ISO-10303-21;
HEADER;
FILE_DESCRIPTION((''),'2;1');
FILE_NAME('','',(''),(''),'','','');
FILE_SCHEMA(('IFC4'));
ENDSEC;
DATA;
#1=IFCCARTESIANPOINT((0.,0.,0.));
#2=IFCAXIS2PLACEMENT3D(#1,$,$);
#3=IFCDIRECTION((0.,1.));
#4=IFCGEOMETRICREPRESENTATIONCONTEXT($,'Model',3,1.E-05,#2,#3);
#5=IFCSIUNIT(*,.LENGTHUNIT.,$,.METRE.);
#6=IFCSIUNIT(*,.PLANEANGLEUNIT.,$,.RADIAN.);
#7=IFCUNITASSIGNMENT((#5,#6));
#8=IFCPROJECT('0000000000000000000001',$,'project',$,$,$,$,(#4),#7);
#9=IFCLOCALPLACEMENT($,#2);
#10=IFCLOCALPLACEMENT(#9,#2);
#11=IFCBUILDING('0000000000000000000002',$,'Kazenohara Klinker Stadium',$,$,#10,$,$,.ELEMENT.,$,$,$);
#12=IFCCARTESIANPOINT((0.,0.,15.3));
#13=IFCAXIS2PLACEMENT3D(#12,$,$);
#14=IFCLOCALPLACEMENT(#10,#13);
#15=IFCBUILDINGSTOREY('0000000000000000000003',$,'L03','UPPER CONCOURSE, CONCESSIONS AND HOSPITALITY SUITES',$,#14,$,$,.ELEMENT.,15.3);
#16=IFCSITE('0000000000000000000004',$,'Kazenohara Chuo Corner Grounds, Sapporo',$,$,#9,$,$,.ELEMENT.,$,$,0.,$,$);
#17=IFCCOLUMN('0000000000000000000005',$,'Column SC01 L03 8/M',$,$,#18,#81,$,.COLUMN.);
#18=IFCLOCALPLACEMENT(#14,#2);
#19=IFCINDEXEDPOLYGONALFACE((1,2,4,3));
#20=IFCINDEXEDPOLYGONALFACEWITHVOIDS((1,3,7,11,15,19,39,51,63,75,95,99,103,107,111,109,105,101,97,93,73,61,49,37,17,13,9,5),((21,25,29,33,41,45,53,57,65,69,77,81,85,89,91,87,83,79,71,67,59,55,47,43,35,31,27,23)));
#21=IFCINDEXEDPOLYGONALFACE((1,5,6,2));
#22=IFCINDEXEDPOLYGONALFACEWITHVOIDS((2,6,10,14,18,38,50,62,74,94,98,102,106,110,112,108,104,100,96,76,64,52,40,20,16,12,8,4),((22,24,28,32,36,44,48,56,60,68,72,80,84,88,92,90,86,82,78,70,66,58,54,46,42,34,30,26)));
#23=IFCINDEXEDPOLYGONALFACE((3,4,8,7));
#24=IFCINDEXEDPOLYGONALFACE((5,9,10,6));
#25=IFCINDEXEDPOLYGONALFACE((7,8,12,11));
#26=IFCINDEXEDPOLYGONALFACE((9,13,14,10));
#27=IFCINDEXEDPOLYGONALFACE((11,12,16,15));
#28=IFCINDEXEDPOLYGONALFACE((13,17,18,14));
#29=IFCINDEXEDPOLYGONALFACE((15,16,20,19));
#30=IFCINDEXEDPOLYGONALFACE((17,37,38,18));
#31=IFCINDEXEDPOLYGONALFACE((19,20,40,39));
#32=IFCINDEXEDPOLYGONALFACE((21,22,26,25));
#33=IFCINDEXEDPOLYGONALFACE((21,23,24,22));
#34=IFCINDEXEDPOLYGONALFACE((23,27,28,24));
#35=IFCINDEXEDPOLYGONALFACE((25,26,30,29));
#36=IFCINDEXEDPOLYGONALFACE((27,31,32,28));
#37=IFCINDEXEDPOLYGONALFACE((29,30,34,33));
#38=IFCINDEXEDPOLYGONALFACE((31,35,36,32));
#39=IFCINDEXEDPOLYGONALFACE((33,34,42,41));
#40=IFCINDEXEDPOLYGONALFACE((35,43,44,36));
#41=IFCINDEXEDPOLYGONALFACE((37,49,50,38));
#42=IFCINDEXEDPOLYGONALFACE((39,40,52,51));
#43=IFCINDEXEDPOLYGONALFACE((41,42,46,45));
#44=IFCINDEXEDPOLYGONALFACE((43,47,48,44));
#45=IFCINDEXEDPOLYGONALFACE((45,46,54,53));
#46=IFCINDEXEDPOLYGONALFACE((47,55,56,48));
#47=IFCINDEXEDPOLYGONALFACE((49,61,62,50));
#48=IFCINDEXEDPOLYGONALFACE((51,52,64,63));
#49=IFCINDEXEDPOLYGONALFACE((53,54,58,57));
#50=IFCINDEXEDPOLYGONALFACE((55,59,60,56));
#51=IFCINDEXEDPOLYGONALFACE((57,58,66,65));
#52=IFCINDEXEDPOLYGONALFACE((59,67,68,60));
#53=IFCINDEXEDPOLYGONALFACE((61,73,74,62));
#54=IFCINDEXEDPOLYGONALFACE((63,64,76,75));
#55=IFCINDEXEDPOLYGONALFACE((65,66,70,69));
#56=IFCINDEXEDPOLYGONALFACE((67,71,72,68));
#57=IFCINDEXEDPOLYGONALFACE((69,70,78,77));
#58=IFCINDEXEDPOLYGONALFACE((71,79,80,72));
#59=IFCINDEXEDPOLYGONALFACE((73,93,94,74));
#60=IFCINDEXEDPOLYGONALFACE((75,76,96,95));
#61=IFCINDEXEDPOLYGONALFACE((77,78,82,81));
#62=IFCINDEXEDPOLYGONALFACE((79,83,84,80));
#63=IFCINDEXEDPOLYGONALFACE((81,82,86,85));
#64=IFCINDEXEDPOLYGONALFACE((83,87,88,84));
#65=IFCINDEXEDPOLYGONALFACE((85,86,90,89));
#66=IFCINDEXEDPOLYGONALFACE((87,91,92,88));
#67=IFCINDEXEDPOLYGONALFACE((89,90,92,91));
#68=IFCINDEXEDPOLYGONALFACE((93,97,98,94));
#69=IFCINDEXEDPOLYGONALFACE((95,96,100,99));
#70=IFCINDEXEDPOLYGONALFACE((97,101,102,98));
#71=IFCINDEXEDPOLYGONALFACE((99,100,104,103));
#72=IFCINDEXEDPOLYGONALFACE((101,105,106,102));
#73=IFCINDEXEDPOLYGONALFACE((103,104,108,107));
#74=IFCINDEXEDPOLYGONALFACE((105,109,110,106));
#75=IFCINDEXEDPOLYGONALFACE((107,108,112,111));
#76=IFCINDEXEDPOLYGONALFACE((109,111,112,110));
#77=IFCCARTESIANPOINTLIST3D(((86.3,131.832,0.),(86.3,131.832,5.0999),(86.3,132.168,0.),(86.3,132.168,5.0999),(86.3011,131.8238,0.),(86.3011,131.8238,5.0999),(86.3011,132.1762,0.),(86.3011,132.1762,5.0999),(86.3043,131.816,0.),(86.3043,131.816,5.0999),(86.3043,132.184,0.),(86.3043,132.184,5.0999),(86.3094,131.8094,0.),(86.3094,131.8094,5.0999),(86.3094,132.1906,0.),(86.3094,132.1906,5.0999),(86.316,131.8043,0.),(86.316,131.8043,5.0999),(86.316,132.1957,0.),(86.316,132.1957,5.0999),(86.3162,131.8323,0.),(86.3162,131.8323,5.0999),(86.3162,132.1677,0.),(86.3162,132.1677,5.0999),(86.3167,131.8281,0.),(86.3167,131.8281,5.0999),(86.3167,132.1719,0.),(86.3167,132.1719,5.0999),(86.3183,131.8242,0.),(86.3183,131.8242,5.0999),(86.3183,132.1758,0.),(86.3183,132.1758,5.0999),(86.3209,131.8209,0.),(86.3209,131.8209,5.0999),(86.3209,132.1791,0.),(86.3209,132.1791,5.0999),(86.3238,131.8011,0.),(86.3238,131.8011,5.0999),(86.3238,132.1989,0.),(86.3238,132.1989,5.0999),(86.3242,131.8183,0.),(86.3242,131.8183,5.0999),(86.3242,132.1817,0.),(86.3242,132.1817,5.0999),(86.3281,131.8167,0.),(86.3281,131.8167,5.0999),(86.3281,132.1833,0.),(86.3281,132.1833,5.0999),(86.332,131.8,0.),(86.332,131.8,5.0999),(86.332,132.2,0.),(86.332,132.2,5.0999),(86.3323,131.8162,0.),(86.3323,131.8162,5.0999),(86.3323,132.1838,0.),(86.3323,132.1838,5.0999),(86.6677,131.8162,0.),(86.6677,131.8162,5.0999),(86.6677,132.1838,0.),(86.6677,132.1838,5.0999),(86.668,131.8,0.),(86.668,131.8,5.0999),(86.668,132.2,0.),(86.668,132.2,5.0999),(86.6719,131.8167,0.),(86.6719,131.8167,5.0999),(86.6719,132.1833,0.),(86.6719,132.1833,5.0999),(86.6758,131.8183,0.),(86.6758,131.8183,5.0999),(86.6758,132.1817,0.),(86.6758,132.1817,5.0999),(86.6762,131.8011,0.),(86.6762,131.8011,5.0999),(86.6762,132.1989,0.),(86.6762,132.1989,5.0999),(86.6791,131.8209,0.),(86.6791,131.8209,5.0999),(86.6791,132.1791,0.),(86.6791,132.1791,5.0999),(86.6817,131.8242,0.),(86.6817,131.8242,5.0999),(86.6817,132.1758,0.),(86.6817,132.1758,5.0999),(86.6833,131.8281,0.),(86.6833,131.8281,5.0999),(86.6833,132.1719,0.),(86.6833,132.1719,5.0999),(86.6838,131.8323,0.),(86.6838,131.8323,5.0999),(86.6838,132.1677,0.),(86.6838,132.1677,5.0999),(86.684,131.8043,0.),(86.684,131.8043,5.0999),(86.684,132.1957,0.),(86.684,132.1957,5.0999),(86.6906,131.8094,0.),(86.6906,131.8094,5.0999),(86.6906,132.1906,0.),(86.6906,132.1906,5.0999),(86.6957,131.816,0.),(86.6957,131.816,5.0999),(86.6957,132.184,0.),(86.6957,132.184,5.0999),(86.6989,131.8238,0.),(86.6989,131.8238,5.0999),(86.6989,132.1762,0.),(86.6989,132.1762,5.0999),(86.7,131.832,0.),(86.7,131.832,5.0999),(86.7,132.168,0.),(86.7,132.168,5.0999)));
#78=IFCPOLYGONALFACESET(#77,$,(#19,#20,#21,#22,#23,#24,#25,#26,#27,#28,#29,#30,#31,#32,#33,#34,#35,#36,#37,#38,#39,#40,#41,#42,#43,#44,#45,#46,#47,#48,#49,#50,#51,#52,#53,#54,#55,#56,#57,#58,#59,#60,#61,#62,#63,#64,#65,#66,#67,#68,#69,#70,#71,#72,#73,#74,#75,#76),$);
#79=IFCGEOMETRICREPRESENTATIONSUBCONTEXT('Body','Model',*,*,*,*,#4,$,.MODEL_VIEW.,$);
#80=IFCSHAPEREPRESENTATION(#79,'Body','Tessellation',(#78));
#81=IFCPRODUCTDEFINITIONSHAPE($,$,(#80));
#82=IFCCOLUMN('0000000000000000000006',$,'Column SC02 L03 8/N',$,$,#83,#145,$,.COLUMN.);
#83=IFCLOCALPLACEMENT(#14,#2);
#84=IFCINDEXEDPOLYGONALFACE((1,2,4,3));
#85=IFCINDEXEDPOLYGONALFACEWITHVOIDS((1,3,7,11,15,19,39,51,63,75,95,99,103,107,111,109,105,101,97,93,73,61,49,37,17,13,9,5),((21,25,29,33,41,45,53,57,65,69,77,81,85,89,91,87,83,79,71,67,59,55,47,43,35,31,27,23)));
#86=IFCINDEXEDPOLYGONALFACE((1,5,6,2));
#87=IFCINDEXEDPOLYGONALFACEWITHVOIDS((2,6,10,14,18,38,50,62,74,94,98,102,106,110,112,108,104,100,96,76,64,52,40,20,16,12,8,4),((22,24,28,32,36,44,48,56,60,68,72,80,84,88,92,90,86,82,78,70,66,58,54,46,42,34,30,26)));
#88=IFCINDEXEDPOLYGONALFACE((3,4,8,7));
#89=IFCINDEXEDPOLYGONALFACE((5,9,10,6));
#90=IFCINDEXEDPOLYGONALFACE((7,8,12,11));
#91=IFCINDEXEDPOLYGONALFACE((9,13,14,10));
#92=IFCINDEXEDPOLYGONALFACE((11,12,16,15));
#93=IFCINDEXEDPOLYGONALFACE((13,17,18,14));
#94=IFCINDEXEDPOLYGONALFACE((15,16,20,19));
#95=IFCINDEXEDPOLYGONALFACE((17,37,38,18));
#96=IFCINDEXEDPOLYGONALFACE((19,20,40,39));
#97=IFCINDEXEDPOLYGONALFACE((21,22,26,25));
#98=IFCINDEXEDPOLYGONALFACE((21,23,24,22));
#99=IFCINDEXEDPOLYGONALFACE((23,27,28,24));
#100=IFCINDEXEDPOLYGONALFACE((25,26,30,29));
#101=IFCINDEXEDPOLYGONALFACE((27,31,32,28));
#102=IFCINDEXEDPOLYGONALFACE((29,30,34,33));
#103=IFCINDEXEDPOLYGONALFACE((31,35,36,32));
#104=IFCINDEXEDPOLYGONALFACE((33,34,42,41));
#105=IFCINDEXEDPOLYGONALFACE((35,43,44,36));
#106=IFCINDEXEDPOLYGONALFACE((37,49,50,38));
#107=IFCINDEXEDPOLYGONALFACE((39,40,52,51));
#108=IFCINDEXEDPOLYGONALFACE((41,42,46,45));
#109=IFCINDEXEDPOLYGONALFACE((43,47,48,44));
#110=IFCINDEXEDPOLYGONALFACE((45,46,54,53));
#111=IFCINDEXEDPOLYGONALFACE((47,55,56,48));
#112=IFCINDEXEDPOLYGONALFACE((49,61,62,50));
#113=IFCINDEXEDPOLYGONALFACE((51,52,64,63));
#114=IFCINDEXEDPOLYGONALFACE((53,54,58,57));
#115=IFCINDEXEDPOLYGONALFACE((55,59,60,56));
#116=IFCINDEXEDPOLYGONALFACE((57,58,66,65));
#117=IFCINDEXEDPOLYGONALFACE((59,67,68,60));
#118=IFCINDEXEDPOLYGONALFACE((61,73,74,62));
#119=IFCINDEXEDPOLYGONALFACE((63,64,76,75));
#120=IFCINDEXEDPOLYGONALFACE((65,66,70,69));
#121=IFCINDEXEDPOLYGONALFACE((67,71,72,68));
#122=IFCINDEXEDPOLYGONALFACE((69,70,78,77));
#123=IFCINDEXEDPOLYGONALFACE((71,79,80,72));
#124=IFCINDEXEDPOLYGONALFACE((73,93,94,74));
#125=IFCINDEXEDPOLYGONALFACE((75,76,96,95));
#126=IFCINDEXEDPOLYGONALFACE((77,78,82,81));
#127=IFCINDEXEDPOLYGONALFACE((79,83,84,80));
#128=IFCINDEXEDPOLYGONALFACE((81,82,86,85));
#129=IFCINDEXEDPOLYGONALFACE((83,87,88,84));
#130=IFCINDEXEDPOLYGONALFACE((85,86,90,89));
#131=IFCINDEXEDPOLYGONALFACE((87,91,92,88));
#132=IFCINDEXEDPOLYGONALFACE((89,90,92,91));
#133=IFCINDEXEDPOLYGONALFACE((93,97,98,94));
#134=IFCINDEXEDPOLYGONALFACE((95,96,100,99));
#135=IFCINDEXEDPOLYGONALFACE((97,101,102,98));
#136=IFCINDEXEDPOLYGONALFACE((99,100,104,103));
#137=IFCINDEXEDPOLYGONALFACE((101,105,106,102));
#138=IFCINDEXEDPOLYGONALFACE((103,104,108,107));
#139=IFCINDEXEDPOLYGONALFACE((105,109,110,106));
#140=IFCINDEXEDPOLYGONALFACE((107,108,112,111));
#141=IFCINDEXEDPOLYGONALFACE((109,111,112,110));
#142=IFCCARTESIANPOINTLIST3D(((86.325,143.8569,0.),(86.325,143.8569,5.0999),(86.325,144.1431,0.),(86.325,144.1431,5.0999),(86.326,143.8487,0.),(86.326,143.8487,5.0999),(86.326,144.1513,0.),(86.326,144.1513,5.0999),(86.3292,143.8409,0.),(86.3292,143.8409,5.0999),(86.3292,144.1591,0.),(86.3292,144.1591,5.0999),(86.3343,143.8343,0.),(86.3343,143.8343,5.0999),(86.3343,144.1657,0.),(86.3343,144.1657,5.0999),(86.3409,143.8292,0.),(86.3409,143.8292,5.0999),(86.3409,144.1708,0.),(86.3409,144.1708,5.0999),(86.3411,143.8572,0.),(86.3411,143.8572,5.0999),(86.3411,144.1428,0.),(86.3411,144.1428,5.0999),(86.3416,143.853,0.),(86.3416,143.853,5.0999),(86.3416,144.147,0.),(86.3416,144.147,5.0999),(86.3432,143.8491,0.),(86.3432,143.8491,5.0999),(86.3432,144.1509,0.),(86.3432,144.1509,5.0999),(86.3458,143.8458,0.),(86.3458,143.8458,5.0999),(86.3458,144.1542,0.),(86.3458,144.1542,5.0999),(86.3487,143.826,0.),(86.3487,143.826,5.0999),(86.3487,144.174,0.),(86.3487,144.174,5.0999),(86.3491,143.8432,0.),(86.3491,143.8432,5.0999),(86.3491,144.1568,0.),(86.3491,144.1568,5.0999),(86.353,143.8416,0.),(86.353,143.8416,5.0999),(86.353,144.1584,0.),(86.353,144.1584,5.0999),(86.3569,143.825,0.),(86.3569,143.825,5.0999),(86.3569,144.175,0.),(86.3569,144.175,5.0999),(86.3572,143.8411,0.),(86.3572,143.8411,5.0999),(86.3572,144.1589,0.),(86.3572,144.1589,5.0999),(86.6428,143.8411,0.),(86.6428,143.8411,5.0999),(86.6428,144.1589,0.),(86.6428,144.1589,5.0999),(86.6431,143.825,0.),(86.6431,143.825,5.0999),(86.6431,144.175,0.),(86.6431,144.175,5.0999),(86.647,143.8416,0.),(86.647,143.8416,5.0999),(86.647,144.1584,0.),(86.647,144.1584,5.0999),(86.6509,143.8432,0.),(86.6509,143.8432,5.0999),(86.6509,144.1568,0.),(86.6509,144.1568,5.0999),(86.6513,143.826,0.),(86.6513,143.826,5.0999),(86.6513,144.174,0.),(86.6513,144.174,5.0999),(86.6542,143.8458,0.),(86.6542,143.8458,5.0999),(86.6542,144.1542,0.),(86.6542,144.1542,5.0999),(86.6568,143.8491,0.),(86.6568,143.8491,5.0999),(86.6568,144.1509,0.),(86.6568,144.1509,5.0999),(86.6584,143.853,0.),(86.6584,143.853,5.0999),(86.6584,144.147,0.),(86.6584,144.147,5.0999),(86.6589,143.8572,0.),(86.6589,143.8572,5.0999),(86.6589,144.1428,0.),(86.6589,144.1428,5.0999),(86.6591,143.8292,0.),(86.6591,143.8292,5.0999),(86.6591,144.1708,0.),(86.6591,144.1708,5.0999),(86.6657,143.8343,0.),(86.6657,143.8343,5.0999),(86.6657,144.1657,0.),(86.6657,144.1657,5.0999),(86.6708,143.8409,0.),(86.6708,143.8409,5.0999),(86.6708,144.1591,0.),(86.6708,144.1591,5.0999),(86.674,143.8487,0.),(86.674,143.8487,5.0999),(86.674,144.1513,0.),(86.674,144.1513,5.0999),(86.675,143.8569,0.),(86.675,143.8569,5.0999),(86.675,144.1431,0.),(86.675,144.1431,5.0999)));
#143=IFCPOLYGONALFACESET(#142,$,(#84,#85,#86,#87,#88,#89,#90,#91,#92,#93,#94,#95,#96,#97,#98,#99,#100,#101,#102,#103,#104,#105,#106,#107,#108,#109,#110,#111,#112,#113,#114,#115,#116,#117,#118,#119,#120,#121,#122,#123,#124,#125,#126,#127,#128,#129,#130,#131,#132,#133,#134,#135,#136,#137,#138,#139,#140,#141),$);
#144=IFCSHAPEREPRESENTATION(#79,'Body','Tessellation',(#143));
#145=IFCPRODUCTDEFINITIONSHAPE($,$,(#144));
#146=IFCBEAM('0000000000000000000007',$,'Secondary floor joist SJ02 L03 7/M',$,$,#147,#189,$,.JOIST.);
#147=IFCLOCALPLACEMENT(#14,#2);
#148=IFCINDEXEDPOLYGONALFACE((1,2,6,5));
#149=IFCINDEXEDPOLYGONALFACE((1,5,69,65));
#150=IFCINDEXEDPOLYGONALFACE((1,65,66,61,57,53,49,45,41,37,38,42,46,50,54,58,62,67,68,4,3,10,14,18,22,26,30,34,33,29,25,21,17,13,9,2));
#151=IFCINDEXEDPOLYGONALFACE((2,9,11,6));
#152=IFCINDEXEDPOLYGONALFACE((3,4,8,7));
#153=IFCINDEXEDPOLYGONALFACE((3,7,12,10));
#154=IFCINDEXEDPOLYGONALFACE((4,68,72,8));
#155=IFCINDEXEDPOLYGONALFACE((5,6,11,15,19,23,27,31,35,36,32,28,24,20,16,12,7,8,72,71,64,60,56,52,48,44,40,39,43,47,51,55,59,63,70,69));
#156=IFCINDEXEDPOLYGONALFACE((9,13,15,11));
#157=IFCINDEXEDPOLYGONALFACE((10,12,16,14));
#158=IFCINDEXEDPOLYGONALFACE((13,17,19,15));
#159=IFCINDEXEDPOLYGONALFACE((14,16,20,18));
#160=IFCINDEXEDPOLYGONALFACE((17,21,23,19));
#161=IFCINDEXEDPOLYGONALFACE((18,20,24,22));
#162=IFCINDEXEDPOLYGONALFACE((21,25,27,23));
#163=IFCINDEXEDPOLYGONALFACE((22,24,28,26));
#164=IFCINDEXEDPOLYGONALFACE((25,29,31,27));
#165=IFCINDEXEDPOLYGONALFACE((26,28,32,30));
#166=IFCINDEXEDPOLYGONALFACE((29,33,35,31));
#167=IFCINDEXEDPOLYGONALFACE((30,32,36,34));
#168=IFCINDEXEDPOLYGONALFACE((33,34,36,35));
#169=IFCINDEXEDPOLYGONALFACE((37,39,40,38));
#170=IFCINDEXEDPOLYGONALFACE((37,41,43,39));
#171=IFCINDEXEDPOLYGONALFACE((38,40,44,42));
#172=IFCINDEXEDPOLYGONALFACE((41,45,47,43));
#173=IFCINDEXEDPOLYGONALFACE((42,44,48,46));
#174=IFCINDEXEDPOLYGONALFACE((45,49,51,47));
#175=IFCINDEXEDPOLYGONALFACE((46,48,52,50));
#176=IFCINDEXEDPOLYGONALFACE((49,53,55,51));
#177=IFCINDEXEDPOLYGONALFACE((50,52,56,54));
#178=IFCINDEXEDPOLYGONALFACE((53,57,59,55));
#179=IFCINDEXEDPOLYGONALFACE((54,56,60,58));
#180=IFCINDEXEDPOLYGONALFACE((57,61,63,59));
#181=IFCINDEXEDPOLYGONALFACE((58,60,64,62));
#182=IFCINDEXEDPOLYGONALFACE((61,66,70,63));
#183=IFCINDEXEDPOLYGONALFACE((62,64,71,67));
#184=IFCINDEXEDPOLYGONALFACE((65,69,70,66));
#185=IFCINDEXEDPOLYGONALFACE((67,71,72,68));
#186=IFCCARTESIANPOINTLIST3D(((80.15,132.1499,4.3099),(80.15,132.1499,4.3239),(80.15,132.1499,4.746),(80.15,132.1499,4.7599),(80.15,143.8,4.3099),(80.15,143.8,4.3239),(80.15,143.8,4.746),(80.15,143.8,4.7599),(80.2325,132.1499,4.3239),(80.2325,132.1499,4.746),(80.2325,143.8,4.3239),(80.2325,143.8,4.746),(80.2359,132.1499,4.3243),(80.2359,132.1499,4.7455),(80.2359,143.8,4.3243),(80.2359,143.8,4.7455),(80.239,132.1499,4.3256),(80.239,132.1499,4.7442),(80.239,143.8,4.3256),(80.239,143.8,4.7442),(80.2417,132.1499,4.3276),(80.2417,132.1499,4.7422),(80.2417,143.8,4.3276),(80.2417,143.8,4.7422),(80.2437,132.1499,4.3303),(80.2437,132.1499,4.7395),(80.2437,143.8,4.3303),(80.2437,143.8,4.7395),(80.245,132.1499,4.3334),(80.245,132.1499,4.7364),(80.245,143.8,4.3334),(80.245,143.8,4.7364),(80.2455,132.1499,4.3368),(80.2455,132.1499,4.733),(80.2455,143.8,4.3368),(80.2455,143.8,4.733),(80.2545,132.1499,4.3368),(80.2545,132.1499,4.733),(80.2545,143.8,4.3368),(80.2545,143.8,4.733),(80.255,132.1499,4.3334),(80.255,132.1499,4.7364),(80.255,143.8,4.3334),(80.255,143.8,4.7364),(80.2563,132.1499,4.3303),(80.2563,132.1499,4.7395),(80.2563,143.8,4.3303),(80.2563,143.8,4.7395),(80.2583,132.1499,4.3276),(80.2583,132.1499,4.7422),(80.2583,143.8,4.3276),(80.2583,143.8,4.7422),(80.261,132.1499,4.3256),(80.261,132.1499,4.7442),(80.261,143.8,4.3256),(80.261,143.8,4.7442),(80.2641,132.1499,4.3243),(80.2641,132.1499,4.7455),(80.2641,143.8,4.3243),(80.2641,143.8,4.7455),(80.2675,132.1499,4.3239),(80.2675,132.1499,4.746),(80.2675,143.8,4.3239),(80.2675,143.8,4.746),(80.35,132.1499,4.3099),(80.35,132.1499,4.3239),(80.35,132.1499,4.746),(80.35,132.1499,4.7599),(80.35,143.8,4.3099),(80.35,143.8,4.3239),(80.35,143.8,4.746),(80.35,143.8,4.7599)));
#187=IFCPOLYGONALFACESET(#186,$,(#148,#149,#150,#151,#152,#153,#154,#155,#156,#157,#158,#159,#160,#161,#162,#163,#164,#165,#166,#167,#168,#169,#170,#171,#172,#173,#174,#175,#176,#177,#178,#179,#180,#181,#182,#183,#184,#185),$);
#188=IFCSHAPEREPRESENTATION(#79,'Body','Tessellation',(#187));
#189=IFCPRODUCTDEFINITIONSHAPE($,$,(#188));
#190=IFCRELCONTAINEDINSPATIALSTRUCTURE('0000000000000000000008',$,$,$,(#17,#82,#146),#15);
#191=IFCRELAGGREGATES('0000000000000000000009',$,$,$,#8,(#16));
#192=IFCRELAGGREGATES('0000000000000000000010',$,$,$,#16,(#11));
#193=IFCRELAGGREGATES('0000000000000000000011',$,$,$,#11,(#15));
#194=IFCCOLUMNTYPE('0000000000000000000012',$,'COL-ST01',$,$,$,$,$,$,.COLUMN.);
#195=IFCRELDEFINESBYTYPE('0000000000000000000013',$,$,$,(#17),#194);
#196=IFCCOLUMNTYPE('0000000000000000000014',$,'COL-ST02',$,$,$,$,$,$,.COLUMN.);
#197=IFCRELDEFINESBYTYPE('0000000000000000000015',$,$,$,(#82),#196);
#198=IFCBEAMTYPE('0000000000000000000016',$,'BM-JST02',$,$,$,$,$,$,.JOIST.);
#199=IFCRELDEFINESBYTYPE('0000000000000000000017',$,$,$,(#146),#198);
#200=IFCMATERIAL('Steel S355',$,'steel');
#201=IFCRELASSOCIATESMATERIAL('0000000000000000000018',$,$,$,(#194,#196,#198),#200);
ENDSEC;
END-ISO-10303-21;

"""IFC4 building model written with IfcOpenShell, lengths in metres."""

from ifc_helpers import new_model, si_unit, direction, frame, origin, origin_2d, place, context, subcontext, project, spatial, hollow_rectangle, i_section, extrude, material, material_profile, profile_set, type_object, element, save


model = new_model("IFC4")

# Units and contexts
model_context = context("Model", 3, precision=1e-05, world=origin(), true_north=direction((0.0, 1.0)))
body_context = subcontext(model_context, "Body", "Model", "MODEL_VIEW")
ifc_project = project(units=[si_unit("LENGTHUNIT", "METRE"), si_unit("PLANEANGLEUNIT", "RADIAN")], contexts=[model_context])

# Site, building, storey
site_placement = place(None, origin())
site = spatial("IfcSite", under=ifc_project, at=site_placement, Name="Kazenohara Chuo Corner Grounds, Sapporo", CompositionType="ELEMENT", RefElevation=0.0)
building_placement = place(site_placement, origin())
building = spatial("IfcBuilding", under=site, at=building_placement, Name="Kazenohara Klinker Stadium", CompositionType="ELEMENT")
storey_placement = place(building_placement, frame((0.0, 0.0, 15.3)))
storey = spatial("IfcBuildingStorey", under=building, at=storey_placement, Name="L03", Description="UPPER CONCOURSE, CONCESSIONS AND HOSPITALITY SUITES", CompositionType="ELEMENT", Elevation=15.3)

# Columns
ifc_material_1 = material(Name="Steel S355", Category="steel")
ifc_material_profile_1 = material_profile(ifc_material_1, hollow_rectangle(XDim=0.3999, YDim=0.3999, WallThickness=0.0161, InnerFilletRadius=0.0161, OuterFilletRadius=0.032, at=origin_2d()), Name="SHS-400x400x16")
ifc_profile_set_1 = profile_set([ifc_material_profile_1], Name="Steel S355")
column_type_1 = type_object("IfcColumnType", Name="COL-ST01", PredefinedType="COLUMN", material=ifc_profile_set_1)
column_1_placement = place(storey_placement, frame((86.5, 132.0, 0.0), z_axis=(0.0, 0.0, 1.0), x_axis=(1.0, 0.0, 0.0)))
element("IfcColumn", 1, at=column_1_placement, inside=storey, type_object=column_type_1, Name="Column SC01 L03 8/M", PredefinedType="COLUMN", context=body_context, shape_type="SweptSolid", body=[
    extrude(hollow_rectangle(XDim=0.3999, YDim=0.3999, WallThickness=0.0161, InnerFilletRadius=0.0161, OuterFilletRadius=0.032, at=origin_2d()), origin(), (0.0, 0.0, 1.0), 5.0999),
])
ifc_material_profile_2 = material_profile(ifc_material_1, hollow_rectangle(XDim=0.3501, YDim=0.3501, WallThickness=0.0161, InnerFilletRadius=0.0161, OuterFilletRadius=0.032, at=origin_2d()), Name="SHS-350x350x16")
ifc_profile_set_2 = profile_set([ifc_material_profile_2], Name="Steel S355")
column_type_2 = type_object("IfcColumnType", Name="COL-ST02", PredefinedType="COLUMN", material=ifc_profile_set_2)
column_2_placement = place(storey_placement, frame((86.5, 144.0, 0.0), z_axis=(0.0, 0.0, 1.0), x_axis=(1.0, 0.0, 0.0)))
element("IfcColumn", 2, at=column_2_placement, inside=storey, type_object=column_type_2, Name="Column SC02 L03 8/N", PredefinedType="COLUMN", context=body_context, shape_type="SweptSolid", body=[
    extrude(hollow_rectangle(XDim=0.3501, YDim=0.3501, WallThickness=0.0161, InnerFilletRadius=0.0161, OuterFilletRadius=0.032, at=origin_2d()), origin(), (0.0, 0.0, 1.0), 5.0999),
])

# Beam
ifc_material_profile_3 = material_profile(ifc_material_1, i_section(OverallWidth=0.2, OverallDepth=0.45, WebThickness=0.009, FlangeThickness=0.0139, FilletRadius=0.0129, at=origin_2d()), Name="H-450x200x9x14")
ifc_profile_set_3 = profile_set([ifc_material_profile_3], Name="Steel S355")
beam_type_1 = type_object("IfcBeamType", Name="BM-JST02", PredefinedType="JOIST", material=ifc_profile_set_3)
beam_1_placement = place(storey_placement, frame((80.25, 132.1499, 4.5349), z_axis=(0.0, 1.0, 0.0), x_axis=(-1.0, 0.0, 0.0)))
element("IfcBeam", 3, at=beam_1_placement, inside=storey, type_object=beam_type_1, Name="Secondary floor joist SJ02 L03 7/M", PredefinedType="JOIST", context=body_context, shape_type="SweptSolid", body=[
    extrude(i_section(OverallWidth=0.2, OverallDepth=0.45, WebThickness=0.009, FlangeThickness=0.0139, FilletRadius=0.0129, at=origin_2d()), origin(), (0.0, 0.0, 1.0), 11.6501),
])

save(model, "model.ifc")
